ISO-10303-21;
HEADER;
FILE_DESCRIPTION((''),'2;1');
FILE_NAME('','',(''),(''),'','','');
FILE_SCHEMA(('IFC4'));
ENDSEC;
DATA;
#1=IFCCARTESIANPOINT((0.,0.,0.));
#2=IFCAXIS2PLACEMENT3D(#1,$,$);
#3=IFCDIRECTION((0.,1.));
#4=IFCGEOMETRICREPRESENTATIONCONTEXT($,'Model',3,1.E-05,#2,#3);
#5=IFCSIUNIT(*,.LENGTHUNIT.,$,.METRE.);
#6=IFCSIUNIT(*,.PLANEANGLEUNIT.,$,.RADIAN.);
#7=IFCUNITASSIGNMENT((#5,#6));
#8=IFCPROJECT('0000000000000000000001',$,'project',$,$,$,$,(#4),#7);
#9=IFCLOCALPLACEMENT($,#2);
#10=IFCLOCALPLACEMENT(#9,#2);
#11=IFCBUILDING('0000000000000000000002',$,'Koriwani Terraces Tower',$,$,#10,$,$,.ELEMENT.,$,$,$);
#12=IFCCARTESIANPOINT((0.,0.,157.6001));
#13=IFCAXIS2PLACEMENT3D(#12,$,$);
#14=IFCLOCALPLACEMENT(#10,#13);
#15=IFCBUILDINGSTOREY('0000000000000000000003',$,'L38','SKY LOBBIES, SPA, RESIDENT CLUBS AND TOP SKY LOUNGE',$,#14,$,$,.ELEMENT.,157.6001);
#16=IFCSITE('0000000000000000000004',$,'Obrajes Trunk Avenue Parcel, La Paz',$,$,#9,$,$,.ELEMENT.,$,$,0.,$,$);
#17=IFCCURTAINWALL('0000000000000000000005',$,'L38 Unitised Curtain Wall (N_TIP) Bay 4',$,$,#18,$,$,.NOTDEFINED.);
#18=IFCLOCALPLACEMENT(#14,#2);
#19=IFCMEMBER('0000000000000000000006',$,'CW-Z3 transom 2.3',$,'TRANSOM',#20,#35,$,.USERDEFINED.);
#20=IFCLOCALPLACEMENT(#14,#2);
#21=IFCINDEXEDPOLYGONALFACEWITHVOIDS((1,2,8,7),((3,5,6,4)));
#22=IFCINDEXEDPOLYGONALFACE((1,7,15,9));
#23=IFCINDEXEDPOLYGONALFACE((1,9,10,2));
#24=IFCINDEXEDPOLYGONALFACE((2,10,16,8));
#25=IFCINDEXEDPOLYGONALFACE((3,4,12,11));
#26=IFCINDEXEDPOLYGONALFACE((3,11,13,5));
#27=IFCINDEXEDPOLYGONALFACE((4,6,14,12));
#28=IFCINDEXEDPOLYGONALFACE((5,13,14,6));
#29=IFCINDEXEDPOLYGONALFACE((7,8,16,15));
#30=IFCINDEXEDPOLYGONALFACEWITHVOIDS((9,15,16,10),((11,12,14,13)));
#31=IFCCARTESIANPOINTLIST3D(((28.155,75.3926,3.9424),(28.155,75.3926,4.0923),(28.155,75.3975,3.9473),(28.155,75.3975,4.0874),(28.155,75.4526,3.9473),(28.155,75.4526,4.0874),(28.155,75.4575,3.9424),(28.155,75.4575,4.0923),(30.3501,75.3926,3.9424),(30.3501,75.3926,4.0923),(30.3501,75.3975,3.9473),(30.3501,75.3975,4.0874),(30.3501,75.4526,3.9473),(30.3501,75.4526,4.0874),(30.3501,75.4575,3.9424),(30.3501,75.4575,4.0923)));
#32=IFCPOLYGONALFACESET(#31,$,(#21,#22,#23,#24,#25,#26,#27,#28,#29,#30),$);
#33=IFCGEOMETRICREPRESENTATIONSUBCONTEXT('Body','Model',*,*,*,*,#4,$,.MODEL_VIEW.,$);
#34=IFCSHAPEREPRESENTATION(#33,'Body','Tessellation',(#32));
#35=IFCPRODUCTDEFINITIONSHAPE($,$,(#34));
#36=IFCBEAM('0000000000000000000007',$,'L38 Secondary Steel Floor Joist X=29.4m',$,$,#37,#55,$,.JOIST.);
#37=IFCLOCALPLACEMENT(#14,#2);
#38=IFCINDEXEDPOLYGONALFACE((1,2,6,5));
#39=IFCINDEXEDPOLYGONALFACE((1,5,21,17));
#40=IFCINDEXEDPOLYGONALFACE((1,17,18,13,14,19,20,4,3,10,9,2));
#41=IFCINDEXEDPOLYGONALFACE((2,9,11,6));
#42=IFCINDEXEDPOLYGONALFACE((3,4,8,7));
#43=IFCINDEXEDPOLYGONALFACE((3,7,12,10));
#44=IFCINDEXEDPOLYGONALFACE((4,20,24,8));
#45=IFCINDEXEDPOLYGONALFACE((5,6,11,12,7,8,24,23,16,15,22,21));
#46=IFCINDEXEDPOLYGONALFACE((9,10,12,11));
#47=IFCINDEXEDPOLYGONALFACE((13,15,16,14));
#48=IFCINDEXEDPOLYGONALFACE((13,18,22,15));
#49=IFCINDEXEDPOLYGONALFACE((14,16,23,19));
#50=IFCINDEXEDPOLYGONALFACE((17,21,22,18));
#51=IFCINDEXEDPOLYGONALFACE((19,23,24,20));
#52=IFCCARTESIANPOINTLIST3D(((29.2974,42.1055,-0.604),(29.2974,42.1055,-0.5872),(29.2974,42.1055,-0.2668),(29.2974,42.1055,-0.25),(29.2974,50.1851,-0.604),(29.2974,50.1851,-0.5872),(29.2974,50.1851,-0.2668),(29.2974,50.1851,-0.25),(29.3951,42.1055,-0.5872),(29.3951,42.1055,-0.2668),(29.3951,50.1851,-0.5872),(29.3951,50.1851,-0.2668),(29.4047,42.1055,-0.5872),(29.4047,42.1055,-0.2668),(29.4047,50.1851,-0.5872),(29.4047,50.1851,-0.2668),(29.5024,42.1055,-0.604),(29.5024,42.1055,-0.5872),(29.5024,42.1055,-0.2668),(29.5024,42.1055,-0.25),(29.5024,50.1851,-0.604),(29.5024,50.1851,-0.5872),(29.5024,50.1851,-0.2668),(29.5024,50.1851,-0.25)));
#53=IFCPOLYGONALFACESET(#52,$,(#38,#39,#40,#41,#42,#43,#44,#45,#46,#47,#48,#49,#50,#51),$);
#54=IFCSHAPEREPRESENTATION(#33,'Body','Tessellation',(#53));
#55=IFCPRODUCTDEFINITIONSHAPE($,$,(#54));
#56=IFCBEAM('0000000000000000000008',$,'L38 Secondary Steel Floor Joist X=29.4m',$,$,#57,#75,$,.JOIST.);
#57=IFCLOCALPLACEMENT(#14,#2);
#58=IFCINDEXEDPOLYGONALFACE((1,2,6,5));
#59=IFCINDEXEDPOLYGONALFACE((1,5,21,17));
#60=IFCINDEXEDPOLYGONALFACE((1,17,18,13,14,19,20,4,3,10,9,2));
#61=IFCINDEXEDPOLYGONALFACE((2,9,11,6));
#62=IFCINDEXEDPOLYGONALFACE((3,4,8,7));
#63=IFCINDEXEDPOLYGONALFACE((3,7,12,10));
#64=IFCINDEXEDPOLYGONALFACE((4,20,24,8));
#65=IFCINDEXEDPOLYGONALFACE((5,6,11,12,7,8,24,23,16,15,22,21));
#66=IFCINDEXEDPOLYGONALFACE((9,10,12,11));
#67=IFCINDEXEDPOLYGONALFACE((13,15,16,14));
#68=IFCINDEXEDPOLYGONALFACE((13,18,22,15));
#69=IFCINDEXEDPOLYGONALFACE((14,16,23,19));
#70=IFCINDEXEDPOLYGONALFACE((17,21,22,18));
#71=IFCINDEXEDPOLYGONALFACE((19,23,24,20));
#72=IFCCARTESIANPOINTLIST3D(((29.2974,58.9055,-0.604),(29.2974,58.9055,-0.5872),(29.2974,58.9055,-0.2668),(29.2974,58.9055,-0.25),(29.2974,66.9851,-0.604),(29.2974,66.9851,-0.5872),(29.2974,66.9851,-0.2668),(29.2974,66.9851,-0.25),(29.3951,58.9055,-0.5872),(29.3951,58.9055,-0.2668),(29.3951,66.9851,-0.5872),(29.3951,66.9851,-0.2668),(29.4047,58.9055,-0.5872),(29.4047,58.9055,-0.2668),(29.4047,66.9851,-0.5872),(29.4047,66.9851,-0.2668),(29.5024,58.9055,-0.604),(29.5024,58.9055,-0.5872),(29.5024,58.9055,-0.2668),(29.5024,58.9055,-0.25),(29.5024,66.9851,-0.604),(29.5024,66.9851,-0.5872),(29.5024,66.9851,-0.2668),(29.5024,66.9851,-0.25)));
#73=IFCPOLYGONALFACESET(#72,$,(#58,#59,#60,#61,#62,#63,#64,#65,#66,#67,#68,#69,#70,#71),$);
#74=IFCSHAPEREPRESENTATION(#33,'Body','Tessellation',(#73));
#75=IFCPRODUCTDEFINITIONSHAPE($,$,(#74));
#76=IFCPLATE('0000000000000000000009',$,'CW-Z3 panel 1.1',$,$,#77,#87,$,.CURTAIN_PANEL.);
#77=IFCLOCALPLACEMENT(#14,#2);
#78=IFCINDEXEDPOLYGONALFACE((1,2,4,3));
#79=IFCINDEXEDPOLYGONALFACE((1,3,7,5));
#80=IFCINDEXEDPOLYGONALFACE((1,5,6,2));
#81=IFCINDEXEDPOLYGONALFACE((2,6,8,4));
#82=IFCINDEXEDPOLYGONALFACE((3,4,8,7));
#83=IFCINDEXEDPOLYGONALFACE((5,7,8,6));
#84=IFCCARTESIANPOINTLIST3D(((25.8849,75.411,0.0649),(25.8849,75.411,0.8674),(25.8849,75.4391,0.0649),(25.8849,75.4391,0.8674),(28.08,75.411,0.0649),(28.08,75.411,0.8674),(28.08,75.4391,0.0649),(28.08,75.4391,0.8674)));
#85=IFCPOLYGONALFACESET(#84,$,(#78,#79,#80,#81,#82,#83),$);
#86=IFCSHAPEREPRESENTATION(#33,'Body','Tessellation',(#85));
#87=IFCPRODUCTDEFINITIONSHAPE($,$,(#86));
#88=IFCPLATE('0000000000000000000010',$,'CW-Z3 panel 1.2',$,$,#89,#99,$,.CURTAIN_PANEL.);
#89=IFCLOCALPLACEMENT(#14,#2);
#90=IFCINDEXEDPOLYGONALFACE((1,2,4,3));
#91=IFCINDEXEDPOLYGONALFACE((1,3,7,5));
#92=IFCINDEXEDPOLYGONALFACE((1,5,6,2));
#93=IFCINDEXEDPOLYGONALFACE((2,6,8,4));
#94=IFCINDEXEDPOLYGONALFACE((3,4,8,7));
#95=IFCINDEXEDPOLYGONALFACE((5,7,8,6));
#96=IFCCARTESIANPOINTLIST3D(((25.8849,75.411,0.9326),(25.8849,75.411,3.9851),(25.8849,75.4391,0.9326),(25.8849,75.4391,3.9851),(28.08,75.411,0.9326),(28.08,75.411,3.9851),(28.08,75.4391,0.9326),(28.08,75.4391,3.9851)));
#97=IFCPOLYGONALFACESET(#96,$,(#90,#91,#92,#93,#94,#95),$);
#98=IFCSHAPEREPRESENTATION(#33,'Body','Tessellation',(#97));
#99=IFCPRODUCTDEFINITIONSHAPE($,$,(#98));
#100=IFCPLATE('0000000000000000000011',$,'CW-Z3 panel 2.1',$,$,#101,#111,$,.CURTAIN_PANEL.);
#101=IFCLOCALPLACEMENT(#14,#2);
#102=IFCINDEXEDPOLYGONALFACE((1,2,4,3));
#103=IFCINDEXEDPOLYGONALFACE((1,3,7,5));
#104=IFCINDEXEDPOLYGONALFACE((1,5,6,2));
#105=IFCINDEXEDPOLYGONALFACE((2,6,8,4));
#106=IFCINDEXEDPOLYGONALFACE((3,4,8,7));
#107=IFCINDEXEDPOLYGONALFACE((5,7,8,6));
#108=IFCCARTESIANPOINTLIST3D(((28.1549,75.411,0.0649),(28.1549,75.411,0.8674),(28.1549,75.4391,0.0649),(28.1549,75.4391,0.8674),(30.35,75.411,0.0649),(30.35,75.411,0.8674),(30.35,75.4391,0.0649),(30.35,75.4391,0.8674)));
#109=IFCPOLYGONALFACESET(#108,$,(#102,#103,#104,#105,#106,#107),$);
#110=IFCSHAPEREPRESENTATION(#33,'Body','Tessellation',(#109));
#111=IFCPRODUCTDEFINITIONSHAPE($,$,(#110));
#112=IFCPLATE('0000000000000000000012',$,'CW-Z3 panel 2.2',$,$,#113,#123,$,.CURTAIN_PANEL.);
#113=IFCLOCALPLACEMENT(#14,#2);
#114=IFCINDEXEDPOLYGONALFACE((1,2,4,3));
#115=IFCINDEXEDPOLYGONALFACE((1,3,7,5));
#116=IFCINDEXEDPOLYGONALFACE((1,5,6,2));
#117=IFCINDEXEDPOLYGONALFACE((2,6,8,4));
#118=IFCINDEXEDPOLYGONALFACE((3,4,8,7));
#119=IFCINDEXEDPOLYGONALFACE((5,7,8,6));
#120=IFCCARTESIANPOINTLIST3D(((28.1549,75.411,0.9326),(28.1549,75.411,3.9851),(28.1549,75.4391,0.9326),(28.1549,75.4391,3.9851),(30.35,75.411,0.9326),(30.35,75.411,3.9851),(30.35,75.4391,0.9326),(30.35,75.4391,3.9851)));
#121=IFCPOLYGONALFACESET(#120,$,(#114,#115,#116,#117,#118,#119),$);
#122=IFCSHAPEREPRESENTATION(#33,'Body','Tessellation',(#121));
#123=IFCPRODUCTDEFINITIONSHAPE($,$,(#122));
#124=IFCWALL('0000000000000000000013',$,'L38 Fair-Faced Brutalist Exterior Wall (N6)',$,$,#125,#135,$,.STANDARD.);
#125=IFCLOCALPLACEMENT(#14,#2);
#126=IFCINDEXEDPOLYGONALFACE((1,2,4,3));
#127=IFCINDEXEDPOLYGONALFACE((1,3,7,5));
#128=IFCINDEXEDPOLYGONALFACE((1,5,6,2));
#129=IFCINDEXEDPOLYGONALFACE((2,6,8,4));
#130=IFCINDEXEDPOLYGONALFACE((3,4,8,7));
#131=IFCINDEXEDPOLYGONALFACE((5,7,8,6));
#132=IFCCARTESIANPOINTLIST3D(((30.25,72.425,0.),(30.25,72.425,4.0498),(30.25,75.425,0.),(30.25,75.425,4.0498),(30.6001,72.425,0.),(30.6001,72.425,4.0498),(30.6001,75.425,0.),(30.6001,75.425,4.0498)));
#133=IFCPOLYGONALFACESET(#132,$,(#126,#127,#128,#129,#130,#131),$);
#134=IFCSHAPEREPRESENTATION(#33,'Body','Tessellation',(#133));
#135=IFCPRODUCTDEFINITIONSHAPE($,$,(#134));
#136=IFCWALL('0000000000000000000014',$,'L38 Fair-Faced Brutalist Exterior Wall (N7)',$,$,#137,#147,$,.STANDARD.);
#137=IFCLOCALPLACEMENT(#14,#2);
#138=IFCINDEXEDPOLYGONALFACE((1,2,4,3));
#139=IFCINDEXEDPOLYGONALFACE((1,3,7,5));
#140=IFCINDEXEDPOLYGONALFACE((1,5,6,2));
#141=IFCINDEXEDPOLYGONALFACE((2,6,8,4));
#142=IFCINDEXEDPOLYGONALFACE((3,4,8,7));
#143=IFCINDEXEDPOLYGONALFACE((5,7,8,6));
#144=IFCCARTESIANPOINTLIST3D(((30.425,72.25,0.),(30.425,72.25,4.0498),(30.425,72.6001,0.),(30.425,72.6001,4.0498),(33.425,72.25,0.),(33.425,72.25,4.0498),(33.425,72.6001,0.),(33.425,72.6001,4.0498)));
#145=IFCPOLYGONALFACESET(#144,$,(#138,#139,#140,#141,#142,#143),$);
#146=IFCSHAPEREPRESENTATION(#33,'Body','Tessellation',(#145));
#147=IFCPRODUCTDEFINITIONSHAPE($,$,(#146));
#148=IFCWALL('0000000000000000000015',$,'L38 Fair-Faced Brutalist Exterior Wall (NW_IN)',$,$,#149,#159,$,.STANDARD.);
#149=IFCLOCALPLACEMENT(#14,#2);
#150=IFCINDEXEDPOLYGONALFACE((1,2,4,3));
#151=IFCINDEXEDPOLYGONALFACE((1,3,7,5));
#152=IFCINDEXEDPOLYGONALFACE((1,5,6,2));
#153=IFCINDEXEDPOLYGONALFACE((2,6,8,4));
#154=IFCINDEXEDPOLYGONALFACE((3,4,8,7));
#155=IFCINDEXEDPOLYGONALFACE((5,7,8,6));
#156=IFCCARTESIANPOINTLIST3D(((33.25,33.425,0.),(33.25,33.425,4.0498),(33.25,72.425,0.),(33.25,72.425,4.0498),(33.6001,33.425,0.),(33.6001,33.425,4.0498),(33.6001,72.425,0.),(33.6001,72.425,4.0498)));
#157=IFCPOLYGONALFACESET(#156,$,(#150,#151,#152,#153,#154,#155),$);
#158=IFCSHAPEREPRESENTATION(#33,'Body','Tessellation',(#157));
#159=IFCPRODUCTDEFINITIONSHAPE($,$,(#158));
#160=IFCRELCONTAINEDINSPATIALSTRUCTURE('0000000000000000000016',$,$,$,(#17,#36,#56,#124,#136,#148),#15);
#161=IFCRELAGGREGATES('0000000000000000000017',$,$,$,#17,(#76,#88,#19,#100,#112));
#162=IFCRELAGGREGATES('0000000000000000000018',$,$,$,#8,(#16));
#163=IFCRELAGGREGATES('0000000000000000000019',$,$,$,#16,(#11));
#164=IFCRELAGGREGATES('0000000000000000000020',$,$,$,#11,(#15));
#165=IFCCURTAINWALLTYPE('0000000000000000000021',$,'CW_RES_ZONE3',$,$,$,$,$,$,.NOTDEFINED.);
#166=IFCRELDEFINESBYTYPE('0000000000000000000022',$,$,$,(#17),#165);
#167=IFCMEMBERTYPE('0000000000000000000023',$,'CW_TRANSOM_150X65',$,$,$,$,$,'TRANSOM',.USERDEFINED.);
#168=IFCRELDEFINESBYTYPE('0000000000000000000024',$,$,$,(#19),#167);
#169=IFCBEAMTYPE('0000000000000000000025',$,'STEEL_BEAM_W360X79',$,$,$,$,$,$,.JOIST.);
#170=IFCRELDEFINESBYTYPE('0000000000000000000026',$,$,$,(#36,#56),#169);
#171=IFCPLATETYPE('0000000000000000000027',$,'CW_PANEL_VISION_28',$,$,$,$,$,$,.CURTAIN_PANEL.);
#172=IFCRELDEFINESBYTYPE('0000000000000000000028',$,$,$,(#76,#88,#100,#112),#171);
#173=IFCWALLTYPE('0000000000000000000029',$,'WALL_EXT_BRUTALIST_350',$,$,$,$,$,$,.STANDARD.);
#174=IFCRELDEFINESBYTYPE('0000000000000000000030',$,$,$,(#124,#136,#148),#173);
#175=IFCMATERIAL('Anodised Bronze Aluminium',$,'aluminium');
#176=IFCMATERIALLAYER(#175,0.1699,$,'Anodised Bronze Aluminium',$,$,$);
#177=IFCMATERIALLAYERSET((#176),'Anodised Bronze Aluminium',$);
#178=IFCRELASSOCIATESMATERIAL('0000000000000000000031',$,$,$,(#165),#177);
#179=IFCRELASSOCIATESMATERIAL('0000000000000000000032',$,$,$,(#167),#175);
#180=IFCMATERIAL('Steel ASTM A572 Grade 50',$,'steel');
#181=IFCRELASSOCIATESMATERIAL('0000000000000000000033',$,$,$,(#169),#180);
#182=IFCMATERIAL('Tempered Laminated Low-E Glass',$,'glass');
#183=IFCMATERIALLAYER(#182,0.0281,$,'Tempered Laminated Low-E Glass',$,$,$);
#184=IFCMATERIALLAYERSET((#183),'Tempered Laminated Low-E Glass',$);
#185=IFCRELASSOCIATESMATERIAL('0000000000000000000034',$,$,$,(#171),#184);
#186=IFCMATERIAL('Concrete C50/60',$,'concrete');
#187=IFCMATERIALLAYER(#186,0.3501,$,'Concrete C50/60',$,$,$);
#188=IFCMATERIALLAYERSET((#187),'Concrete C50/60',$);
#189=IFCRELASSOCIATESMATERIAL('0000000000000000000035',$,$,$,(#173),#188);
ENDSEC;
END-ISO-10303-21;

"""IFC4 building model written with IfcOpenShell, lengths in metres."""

from ifc_helpers import new_model, si_unit, direction, frame, frame_2d, origin, origin_2d, place, context, subcontext, project, spatial, rectangle, hollow_rectangle, i_section, extrude, material, layer, layer_set, material_profile, profile_set, type_object, element, aggregate, save


model = new_model("IFC4")

# Units and contexts
model_context = context("Model", 3, precision=1e-05, world=origin(), true_north=direction((0.0, 1.0)))
body_context = subcontext(model_context, "Body", "Model", "MODEL_VIEW")
ifc_project = project(units=[si_unit("LENGTHUNIT", "METRE"), si_unit("PLANEANGLEUNIT", "RADIAN")], contexts=[model_context])

# Site, building, storey
site_placement = place(None, origin())
site = spatial("IfcSite", under=ifc_project, at=site_placement, Name="Obrajes Trunk Avenue Parcel, La Paz", CompositionType="ELEMENT", RefElevation=0.0)
building_placement = place(site_placement, origin())
building = spatial("IfcBuilding", under=site, at=building_placement, Name="Koriwani Terraces Tower", CompositionType="ELEMENT")
storey_placement = place(building_placement, frame((0.0, 0.0, 157.6001)))
storey = spatial("IfcBuildingStorey", under=building, at=storey_placement, Name="L38", Description="SKY LOBBIES, SPA, RESIDENT CLUBS AND TOP SKY LOUNGE", CompositionType="ELEMENT", Elevation=157.6001)

# Shared definitions
ifc_material_1 = material(Name="Concrete C50/60", Category="concrete")

# Curtain wall, member
ifc_material_2 = material(Name="Anodised Bronze Aluminium", Category="aluminium")
ifc_layer_1 = layer(ifc_material_2, 0.1699, Name="Anodised Bronze Aluminium")
ifc_layer_set_1 = layer_set([ifc_layer_1], Name="Anodised Bronze Aluminium")
curtain_wall_type = type_object("IfcCurtainWallType", Name="CW_RES_ZONE3", PredefinedType="NOTDEFINED", material=ifc_layer_set_1)
curtain_wall_placement = place(storey_placement, origin())
curtain_wall = element("IfcCurtainWall", 1, at=curtain_wall_placement, inside=storey, type_object=curtain_wall_type, Name="L38 Unitised Curtain Wall (N_TIP) Bay 4", PredefinedType="NOTDEFINED")
ifc_material_profile_1 = material_profile(ifc_material_2, hollow_rectangle(XDim=0.0649, YDim=0.1499, WallThickness=0.0049, at=origin_2d()), Name="Anodised Bronze Aluminium", Category="LoadBearing")
ifc_profile_set_1 = profile_set([ifc_material_profile_1], Name="Anodised Bronze Aluminium")
member_type_1 = type_object("IfcMemberType", Name="CW_TRANSOM_150X65", ElementType="TRANSOM", PredefinedType="USERDEFINED", material=ifc_profile_set_1)
member_1_placement = place(storey_placement, frame((28.155, 75.425, 4.0173), z_axis=(1.0, 0.0, 0.0), x_axis=(0.0, 1.0, 0.0)))
member_1 = element("IfcMember", 2, at=member_1_placement, type_object=member_type_1, Name="CW-Z3 transom 2.3", ObjectType="TRANSOM", PredefinedType="USERDEFINED", context=body_context, shape_type="SweptSolid", body=[
    extrude(hollow_rectangle(XDim=0.0649, YDim=0.1499, WallThickness=0.0049, at=origin_2d()), origin(), (0.0, 0.0, 1.0), 2.1951),
])

# Beams
ifc_material_3 = material(Name="Steel ASTM A572 Grade 50", Category="steel")
ifc_material_profile_2 = material_profile(ifc_material_3, i_section(OverallWidth=0.2051, OverallDepth=0.354, WebThickness=0.0095, FlangeThickness=0.0168, at=origin_2d()), Name="Steel ASTM A572 Grade 50", Category="LoadBearing")
ifc_profile_set_2 = profile_set([ifc_material_profile_2], Name="Steel ASTM A572 Grade 50")
beam_type_1 = type_object("IfcBeamType", Name="STEEL_BEAM_W360X79", PredefinedType="JOIST", material=ifc_profile_set_2)
for number, where, z_axis, x_axis, name in (
    (3, (29.3999, 42.1055, -0.427), (0.0, 1.0, 0.0), (-1.0, 0.0, 0.0), "L38 Secondary Steel Floor Joist X=29.4m"),
    (4, (29.3999, 58.9055, -0.427), (0.0, 1.0, 0.0), (-1.0, 0.0, 0.0), "L38 Secondary Steel Floor Joist X=29.4m"),
):
    element("IfcBeam", number, at=place(storey_placement, frame(where, z_axis=z_axis, x_axis=x_axis)), inside=storey, type_object=beam_type_1, Name=name, PredefinedType="JOIST", context=body_context, shape_type="SweptSolid", body=[
        extrude(i_section(OverallWidth=0.2051, OverallDepth=0.354, WebThickness=0.0095, FlangeThickness=0.0168, at=origin_2d()), origin(), (0.0, 0.0, 1.0), 8.0796),
    ])

# Plates
ifc_material_4 = material(Name="Tempered Laminated Low-E Glass", Category="glass")
ifc_layer_2 = layer(ifc_material_4, 0.0281, Name="Tempered Laminated Low-E Glass")
ifc_layer_set_2 = layer_set([ifc_layer_2], Name="Tempered Laminated Low-E Glass")
plate_type = type_object("IfcPlateType", Name="CW_PANEL_VISION_28", PredefinedType="CURTAIN_PANEL", material=ifc_layer_set_2)
plate_1_placement = place(storey_placement, frame((26.9824, 75.425, 0.0649), z_axis=(0.0, 0.0, 1.0), x_axis=(1.0, 0.0, 0.0)))
plate_1 = element("IfcPlate", 5, at=plate_1_placement, type_object=plate_type, Name="CW-Z3 panel 1.1", PredefinedType="CURTAIN_PANEL", context=body_context, shape_type="SweptSolid", body=[
    extrude(rectangle(XDim=2.1951, YDim=0.0281, at=origin_2d()), origin(), (0.0, 0.0, 1.0), 0.8025),
])
plate_2_placement = place(storey_placement, frame((26.9824, 75.425, 0.9326), z_axis=(0.0, 0.0, 1.0), x_axis=(1.0, 0.0, 0.0)))
plate_2 = element("IfcPlate", 6, at=plate_2_placement, type_object=plate_type, Name="CW-Z3 panel 1.2", PredefinedType="CURTAIN_PANEL", context=body_context, shape_type="SweptSolid", body=[
    extrude(rectangle(XDim=2.1951, YDim=0.0281, at=origin_2d()), origin(), (0.0, 0.0, 1.0), 3.0525),
])
plate_3_placement = place(storey_placement, frame((29.2524, 75.425, 0.0649), z_axis=(0.0, 0.0, 1.0), x_axis=(1.0, 0.0, 0.0)))
plate_3 = element("IfcPlate", 7, at=plate_3_placement, type_object=plate_type, Name="CW-Z3 panel 2.1", PredefinedType="CURTAIN_PANEL", context=body_context, shape_type="SweptSolid", body=[
    extrude(rectangle(XDim=2.1951, YDim=0.0281, at=origin_2d()), origin(), (0.0, 0.0, 1.0), 0.8025),
])
plate_4_placement = place(storey_placement, frame((29.2524, 75.425, 0.9326), z_axis=(0.0, 0.0, 1.0), x_axis=(1.0, 0.0, 0.0)))
plate_4 = element("IfcPlate", 8, at=plate_4_placement, type_object=plate_type, Name="CW-Z3 panel 2.2", PredefinedType="CURTAIN_PANEL", context=body_context, shape_type="SweptSolid", body=[
    extrude(rectangle(XDim=2.1951, YDim=0.0281, at=origin_2d()), origin(), (0.0, 0.0, 1.0), 3.0525),
])
aggregate(curtain_wall, [plate_1, plate_2, member_1, plate_3, plate_4])

# Walls
ifc_layer_3 = layer(ifc_material_1, 0.3501, Name="Concrete C50/60")
ifc_layer_set_3 = layer_set([ifc_layer_3], Name="Concrete C50/60")
wall_type_1 = type_object("IfcWallType", Name="WALL_EXT_BRUTALIST_350", PredefinedType="STANDARD", material=ifc_layer_set_3)
for number, where, z_axis, x_axis, name in (
    (9, (30.425, 75.425, 0.0), (0.0, 0.0, 1.0), (0.0, -1.0, 0.0), "L38 Fair-Faced Brutalist Exterior Wall (N6)"),
    (10, (30.425, 72.425, 0.0), (0.0, 0.0, 1.0), (1.0, 0.0, 0.0), "L38 Fair-Faced Brutalist Exterior Wall (N7)"),
):
    element("IfcWall", number, at=place(storey_placement, frame(where, z_axis=z_axis, x_axis=x_axis)), inside=storey, type_object=wall_type_1, Name=name, PredefinedType="STANDARD", context=body_context, shape_type="SweptSolid", body=[
        extrude(rectangle(XDim=3.0, YDim=0.3501, at=frame_2d((1.5, 0.0))), origin(), (0.0, 0.0, 1.0), 4.0498),
    ])
wall_1_placement = place(storey_placement, frame((33.425, 72.425, 0.0), z_axis=(0.0, 0.0, 1.0), x_axis=(0.0, -1.0, 0.0)))
element("IfcWall", 11, at=wall_1_placement, inside=storey, type_object=wall_type_1, Name="L38 Fair-Faced Brutalist Exterior Wall (NW_IN)", PredefinedType="STANDARD", context=body_context, shape_type="SweptSolid", body=[
    extrude(rectangle(XDim=39.0, YDim=0.3501, at=frame_2d((19.5, 0.0))), origin(), (0.0, 0.0, 1.0), 4.0498),
])

save(model, "model.ifc")
